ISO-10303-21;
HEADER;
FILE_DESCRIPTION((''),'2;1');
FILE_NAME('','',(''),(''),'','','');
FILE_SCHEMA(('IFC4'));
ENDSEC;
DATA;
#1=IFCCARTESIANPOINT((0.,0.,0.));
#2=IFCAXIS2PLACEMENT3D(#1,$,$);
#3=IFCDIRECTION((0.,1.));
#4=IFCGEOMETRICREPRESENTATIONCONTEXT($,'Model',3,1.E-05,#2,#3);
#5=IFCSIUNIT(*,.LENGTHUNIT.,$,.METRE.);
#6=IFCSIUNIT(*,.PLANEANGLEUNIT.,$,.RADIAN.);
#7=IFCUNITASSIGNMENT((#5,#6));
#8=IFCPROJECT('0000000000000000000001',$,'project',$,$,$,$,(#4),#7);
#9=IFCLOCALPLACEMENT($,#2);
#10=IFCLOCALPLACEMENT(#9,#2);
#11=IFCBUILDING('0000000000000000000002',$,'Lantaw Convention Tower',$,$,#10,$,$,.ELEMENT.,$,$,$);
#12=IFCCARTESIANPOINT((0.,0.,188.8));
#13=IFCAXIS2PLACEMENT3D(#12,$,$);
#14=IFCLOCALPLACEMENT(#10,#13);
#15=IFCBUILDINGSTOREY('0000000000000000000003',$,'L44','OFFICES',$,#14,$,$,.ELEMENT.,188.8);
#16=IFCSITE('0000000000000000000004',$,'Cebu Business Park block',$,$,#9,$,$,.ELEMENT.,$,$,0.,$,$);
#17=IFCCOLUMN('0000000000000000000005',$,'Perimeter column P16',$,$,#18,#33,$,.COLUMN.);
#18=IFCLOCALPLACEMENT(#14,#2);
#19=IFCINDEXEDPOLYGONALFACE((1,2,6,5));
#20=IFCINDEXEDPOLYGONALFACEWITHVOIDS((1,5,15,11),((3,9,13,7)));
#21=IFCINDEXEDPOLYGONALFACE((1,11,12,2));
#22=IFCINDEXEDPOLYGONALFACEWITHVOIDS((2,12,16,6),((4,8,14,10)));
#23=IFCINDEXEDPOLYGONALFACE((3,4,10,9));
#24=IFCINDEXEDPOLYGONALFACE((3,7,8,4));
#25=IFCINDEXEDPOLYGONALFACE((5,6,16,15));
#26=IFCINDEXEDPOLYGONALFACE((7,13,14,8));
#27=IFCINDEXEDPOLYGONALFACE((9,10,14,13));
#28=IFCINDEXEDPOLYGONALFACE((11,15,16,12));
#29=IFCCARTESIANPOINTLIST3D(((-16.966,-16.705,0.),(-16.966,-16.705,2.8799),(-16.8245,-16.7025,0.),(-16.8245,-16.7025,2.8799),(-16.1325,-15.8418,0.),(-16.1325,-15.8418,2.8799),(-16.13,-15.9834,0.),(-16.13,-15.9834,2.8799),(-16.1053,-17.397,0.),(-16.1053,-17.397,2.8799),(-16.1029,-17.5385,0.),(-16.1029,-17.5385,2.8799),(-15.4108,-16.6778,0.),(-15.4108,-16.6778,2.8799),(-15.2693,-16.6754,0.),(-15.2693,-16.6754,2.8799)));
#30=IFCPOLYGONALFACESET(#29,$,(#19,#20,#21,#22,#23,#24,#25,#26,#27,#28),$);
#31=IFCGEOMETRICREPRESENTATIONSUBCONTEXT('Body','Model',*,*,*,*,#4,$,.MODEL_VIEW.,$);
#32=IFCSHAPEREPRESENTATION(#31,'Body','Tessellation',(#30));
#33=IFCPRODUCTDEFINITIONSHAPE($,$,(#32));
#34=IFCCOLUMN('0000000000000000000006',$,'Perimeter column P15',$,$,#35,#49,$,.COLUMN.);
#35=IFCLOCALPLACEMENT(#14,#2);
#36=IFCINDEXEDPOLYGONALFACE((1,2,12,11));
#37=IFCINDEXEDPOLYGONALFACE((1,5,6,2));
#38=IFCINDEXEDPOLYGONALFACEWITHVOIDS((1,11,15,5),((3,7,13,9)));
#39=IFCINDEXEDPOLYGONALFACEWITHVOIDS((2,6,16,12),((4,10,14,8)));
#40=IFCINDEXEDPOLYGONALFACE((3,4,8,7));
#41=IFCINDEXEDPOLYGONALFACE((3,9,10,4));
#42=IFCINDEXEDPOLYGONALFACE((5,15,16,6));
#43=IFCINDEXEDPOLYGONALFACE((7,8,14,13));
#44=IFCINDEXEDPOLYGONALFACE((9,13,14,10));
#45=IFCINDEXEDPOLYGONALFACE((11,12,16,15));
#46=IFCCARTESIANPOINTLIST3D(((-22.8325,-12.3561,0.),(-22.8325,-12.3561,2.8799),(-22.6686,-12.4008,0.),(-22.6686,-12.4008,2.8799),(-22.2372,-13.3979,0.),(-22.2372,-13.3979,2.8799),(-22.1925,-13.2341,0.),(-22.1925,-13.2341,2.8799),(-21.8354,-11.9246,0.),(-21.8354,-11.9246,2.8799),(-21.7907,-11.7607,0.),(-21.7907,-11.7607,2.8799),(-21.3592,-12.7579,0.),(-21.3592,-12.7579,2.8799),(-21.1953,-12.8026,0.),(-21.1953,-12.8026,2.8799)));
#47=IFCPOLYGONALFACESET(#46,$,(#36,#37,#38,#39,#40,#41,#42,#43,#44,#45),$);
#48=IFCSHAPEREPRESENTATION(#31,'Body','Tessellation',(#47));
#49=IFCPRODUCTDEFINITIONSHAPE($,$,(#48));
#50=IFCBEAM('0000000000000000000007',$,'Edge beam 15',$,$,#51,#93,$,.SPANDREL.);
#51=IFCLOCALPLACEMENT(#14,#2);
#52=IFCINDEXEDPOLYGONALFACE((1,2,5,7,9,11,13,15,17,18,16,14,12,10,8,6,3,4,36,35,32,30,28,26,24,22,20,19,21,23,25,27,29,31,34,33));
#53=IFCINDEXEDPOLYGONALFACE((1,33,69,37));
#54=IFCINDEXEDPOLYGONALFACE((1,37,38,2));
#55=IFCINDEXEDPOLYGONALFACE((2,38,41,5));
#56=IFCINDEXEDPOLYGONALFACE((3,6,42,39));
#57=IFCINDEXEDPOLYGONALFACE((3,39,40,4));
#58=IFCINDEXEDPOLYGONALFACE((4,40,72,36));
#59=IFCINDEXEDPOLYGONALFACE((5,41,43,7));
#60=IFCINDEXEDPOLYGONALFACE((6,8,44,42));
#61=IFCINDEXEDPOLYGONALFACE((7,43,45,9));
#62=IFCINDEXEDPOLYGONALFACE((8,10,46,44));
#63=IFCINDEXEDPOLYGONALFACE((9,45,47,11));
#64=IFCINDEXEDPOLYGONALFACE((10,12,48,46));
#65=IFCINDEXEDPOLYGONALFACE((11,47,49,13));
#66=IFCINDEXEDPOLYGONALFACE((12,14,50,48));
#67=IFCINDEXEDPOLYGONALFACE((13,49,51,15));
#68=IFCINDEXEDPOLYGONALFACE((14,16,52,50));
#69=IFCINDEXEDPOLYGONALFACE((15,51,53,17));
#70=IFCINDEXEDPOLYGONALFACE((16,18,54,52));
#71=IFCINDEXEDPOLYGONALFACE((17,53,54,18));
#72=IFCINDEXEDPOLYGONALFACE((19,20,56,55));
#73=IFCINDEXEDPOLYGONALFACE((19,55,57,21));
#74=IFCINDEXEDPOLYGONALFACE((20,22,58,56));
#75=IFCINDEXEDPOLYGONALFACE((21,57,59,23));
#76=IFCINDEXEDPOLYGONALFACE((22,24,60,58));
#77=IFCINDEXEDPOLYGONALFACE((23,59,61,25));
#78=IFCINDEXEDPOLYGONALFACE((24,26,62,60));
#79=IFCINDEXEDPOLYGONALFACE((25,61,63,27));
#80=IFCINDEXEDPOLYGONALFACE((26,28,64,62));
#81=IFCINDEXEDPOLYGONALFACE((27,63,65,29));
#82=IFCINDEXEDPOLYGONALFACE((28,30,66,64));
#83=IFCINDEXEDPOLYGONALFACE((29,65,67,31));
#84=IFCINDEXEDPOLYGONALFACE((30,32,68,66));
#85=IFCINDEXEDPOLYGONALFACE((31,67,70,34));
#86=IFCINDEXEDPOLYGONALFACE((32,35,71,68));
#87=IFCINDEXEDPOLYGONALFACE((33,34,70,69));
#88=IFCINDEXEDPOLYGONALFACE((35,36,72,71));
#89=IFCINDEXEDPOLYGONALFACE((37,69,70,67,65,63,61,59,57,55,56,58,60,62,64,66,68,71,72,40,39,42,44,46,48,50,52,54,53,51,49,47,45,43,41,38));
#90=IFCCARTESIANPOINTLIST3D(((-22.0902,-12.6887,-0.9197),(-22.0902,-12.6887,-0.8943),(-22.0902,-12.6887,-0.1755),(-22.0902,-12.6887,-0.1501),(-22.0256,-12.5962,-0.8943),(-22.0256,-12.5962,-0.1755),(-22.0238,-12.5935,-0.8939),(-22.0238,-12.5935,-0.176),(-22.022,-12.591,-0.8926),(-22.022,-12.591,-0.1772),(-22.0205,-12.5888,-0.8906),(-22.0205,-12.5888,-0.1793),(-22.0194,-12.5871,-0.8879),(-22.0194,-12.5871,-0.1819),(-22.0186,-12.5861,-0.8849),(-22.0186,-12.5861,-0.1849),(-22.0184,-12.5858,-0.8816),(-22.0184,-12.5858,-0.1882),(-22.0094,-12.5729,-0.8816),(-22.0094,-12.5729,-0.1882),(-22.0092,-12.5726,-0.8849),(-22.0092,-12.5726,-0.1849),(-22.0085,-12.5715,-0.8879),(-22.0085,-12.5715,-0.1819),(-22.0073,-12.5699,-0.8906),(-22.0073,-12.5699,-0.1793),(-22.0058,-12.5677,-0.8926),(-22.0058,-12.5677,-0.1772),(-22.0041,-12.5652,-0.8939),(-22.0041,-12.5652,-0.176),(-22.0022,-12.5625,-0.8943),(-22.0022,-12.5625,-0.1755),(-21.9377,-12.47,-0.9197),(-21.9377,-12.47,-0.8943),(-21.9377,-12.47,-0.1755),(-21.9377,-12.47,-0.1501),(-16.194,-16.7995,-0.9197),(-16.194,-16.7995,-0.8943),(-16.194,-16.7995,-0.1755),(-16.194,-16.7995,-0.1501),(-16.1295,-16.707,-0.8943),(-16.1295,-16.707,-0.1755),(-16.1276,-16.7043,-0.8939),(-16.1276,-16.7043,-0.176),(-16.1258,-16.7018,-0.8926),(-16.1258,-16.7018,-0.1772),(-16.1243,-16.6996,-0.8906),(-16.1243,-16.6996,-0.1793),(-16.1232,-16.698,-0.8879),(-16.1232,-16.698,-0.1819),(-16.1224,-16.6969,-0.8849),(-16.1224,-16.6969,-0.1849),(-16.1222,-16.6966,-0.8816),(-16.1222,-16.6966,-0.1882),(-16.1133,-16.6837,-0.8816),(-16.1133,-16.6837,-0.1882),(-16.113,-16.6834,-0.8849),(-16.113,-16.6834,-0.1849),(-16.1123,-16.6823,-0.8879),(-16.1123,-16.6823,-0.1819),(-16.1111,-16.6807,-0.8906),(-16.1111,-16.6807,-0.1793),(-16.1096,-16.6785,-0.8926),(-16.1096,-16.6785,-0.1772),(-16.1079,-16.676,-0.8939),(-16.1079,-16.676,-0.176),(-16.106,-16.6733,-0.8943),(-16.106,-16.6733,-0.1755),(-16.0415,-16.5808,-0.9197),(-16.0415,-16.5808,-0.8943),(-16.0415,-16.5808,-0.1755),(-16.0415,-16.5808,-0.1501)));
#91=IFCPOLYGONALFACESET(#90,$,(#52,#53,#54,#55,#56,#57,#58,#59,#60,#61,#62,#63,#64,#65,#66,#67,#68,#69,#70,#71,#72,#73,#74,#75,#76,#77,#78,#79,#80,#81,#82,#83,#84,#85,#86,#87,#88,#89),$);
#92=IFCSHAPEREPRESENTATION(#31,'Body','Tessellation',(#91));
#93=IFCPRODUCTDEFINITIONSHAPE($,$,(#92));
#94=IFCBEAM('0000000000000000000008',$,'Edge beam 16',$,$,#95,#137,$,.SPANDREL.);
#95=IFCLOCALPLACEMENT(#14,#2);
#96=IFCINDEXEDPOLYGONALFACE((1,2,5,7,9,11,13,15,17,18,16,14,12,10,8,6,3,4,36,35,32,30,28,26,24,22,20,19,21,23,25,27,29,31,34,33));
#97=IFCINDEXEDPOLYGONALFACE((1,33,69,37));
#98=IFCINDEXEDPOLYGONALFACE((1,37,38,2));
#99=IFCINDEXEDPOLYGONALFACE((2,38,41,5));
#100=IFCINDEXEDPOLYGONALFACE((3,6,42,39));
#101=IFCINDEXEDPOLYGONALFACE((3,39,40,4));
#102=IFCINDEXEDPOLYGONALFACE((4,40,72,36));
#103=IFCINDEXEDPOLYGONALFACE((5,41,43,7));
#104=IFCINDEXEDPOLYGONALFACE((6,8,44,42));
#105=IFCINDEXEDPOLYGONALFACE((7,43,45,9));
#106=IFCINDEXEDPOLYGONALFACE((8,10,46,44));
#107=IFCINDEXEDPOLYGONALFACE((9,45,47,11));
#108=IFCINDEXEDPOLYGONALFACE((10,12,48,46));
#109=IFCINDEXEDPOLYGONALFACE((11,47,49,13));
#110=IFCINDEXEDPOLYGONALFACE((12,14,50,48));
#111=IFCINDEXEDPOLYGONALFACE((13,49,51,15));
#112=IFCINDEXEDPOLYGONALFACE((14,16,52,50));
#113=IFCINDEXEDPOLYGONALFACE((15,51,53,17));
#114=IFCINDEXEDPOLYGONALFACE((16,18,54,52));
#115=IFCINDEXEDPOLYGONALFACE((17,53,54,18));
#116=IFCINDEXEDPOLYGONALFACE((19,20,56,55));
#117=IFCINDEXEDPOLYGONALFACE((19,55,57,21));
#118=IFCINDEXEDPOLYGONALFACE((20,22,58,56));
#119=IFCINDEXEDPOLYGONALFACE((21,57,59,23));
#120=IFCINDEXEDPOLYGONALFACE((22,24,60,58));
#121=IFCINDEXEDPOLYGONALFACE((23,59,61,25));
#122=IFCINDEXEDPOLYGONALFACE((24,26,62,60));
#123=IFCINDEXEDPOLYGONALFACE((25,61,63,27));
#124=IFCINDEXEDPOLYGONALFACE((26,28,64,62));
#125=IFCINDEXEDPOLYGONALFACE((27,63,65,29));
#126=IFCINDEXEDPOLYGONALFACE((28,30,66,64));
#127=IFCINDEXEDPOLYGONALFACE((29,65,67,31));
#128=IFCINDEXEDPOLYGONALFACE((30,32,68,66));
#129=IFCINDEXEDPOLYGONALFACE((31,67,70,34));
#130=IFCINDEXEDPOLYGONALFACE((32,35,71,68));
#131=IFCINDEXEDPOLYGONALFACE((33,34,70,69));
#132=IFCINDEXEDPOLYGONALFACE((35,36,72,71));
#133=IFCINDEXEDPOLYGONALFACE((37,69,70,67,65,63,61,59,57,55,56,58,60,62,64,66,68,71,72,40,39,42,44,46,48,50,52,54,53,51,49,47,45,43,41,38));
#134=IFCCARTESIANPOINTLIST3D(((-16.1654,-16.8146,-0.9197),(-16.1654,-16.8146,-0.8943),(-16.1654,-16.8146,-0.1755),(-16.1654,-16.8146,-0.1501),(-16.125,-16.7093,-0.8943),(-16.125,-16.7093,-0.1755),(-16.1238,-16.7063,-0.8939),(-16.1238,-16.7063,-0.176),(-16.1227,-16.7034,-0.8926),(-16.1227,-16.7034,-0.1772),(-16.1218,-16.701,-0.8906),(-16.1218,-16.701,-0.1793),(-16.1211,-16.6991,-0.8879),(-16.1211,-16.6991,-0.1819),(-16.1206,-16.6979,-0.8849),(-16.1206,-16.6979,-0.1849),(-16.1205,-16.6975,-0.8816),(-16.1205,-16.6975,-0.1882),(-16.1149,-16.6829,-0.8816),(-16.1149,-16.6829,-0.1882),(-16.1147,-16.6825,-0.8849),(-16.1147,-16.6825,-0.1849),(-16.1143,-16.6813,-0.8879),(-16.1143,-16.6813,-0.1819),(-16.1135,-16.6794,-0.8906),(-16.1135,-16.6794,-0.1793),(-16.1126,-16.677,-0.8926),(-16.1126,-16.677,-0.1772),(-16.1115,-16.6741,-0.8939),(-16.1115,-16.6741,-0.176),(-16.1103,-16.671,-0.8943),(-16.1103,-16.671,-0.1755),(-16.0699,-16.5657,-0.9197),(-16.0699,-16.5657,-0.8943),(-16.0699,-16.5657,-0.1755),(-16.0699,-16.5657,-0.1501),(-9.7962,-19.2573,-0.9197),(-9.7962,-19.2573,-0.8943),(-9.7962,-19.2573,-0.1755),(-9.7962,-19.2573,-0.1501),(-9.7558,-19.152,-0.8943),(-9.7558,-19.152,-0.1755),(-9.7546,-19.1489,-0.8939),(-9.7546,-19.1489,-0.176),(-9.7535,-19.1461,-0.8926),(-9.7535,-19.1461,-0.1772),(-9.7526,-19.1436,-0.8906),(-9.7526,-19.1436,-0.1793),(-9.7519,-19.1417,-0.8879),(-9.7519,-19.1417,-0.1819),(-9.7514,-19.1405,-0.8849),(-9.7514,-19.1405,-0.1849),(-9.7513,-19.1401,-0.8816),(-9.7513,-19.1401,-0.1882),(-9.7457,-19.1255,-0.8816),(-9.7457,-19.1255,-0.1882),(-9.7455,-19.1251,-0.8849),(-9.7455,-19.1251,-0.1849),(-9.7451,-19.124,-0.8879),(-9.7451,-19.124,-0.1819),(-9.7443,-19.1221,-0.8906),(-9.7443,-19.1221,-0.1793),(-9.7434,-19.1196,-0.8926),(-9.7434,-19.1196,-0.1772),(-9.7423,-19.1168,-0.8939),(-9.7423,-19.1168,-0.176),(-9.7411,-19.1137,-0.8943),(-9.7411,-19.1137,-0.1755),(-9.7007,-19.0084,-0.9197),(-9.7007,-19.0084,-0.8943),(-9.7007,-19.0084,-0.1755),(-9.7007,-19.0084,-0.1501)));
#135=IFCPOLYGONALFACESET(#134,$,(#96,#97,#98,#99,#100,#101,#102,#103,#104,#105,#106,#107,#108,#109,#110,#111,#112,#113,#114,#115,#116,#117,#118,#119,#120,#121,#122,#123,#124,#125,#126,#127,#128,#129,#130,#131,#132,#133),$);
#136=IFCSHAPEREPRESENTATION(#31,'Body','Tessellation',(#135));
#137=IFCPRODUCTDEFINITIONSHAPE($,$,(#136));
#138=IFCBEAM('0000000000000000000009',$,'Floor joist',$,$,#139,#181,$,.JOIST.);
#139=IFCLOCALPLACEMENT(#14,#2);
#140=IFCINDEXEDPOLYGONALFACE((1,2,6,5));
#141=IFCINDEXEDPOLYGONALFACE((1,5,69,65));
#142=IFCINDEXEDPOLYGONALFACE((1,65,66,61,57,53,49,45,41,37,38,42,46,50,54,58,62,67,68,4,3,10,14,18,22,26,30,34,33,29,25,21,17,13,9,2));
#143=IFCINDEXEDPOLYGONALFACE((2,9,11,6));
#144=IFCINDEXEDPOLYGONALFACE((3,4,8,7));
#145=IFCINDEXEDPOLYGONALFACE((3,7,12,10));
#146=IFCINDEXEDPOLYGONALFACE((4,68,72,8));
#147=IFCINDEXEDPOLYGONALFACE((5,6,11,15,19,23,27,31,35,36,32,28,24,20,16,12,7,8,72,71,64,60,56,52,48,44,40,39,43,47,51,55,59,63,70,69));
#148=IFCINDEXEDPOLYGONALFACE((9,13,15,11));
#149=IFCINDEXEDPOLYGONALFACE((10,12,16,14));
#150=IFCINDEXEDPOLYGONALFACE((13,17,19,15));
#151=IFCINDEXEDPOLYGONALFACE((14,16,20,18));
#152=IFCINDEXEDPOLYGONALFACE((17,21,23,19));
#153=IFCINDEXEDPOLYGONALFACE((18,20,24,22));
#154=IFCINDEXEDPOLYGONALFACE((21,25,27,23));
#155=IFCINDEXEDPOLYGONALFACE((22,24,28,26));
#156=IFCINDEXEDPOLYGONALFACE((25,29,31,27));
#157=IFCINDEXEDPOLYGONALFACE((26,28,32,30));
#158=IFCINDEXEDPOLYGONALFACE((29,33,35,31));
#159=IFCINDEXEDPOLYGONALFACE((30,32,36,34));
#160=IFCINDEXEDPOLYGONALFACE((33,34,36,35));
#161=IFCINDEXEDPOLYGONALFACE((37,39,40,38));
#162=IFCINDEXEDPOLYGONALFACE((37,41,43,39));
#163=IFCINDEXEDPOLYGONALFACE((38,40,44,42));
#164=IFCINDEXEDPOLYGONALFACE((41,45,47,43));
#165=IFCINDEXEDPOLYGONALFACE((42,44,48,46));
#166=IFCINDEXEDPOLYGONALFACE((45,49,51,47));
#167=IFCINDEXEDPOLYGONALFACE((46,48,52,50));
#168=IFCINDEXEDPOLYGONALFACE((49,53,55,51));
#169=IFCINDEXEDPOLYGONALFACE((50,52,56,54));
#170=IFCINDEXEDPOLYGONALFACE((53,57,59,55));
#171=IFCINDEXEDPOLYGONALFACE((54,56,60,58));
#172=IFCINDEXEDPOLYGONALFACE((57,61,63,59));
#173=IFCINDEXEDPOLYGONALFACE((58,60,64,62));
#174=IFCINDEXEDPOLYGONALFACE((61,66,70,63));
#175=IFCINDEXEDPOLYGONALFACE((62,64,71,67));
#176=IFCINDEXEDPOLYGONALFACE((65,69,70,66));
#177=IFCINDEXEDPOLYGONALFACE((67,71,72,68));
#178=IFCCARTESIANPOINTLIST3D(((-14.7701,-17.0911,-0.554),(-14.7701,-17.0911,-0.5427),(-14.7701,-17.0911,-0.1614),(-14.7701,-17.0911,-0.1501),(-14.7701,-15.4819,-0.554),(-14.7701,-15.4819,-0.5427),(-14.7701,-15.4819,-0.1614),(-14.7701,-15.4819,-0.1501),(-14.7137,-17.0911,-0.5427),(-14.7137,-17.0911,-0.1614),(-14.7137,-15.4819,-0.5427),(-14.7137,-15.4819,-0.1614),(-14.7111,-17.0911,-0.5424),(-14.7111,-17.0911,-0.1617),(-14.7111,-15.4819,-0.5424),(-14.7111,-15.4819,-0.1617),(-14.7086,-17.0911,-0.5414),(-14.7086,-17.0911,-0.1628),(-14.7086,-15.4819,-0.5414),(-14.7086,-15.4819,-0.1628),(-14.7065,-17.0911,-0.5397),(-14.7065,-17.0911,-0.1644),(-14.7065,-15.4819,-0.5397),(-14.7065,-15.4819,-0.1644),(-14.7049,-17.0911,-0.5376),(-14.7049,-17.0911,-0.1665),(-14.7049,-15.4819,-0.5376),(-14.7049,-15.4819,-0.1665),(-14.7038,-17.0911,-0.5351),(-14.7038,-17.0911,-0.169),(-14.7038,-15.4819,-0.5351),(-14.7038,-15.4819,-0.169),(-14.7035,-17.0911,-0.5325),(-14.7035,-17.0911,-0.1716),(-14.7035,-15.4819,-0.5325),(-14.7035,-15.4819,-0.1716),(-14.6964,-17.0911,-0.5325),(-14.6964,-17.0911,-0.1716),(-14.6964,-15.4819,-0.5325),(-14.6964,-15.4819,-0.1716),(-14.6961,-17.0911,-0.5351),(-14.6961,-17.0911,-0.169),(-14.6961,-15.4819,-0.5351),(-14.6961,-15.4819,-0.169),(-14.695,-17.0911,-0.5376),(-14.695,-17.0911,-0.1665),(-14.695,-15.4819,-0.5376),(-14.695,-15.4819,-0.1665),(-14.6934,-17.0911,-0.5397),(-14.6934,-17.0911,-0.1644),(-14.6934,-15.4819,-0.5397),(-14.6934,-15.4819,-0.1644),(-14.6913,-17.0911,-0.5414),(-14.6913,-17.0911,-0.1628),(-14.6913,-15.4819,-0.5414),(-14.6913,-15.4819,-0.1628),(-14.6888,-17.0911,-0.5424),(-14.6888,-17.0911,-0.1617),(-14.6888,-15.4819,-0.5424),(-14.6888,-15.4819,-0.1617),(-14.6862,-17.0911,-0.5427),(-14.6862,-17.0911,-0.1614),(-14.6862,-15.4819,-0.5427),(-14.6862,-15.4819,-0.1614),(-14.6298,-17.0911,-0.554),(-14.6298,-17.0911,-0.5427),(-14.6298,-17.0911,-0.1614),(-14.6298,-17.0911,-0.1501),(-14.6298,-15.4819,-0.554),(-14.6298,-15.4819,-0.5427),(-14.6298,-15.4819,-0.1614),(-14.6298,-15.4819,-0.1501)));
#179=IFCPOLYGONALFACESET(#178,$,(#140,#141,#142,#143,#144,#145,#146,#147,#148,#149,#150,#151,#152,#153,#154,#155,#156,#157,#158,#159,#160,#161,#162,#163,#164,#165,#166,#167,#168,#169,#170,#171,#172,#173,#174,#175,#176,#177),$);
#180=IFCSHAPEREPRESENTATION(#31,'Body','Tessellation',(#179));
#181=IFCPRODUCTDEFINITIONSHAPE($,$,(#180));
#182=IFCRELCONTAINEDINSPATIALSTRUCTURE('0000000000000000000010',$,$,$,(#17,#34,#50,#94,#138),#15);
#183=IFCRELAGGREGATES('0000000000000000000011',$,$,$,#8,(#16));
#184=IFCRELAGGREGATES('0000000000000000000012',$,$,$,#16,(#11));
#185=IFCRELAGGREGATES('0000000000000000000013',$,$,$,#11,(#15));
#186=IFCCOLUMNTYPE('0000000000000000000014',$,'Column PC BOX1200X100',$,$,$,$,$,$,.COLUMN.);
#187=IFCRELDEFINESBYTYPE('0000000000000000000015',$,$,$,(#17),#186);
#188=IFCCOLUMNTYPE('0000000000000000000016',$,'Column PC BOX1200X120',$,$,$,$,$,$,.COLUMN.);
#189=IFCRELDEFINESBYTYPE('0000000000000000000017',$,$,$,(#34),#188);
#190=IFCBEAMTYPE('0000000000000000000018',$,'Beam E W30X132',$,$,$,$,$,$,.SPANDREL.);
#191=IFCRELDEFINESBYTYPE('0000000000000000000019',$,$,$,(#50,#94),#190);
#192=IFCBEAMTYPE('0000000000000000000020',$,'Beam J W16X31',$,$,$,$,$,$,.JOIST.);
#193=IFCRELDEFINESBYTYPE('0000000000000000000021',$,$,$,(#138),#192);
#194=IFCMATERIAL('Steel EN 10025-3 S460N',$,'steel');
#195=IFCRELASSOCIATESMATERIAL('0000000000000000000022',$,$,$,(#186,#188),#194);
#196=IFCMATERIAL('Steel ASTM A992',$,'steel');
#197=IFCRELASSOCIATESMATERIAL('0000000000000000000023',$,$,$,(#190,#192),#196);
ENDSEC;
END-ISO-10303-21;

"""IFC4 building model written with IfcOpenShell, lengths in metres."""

from ifc_helpers import new_model, si_unit, direction, frame, origin, origin_2d, place, context, subcontext, project, spatial, rectangle, hollow_rectangle, i_section, extrude, material, material_profile, profile_set, type_object, element, save


model = new_model("IFC4")

# Units and contexts
model_context = context("Model", 3, precision=1e-05, world=origin(), true_north=direction((0.0, 1.0)))
body_context = subcontext(model_context, "Body", "Model", "MODEL_VIEW")
ifc_project = project(units=[si_unit("LENGTHUNIT", "METRE"), si_unit("PLANEANGLEUNIT", "RADIAN")], contexts=[model_context])

# Site, building, storey
site_placement = place(None, origin())
site = spatial("IfcSite", under=ifc_project, at=site_placement, Name="Cebu Business Park block", CompositionType="ELEMENT", RefElevation=0.0)
building_placement = place(site_placement, origin())
building = spatial("IfcBuilding", under=site, at=building_placement, Name="Lantaw Convention Tower", CompositionType="ELEMENT")
storey_placement = place(building_placement, frame((0.0, 0.0, 188.8)))
storey = spatial("IfcBuildingStorey", under=building, at=storey_placement, Name="L44", Description="OFFICES", CompositionType="ELEMENT", Elevation=188.8)

# Columns
ifc_material_1 = material(Name="Steel EN 10025-3 S460N", Category="steel")
ifc_material_profile_1 = material_profile(ifc_material_1, hollow_rectangle(XDim=1.2, YDim=1.2, WallThickness=0.1001, at=origin_2d()), Name="BOX1200X100")
ifc_material_2 = material(Name="Concrete C60/75", Category="concrete")
ifc_material_profile_2 = material_profile(ifc_material_2, rectangle(XDim=1.0, YDim=1.0, at=origin_2d()), Name="Concrete fill of BOX1200X100")
ifc_profile_set_1 = profile_set([ifc_material_profile_1, ifc_material_profile_2], Name="Steel EN 10025-3 S460N")
column_type_1 = type_object("IfcColumnType", Name="Column PC BOX1200X100", PredefinedType="COLUMN", material=ifc_profile_set_1)
column_1_placement = place(storey_placement, frame((-16.1177, -16.6902, 0.0), z_axis=(0.0, 0.0, 1.0), x_axis=(0.694658, 0.71934, 0.0)))
element("IfcColumn", 1, at=column_1_placement, inside=storey, type_object=column_type_1, Name="Perimeter column P16", PredefinedType="COLUMN", context=body_context, shape_type="SweptSolid", body=[
    extrude(hollow_rectangle(XDim=1.2, YDim=1.2, WallThickness=0.1001, at=origin_2d()), origin(), (0.0, 0.0, 1.0), 2.8799),
])
ifc_material_profile_3 = material_profile(ifc_material_1, hollow_rectangle(XDim=1.2, YDim=1.2, WallThickness=0.1201, at=origin_2d()), Name="BOX1200X120")
ifc_material_profile_4 = material_profile(ifc_material_2, rectangle(XDim=0.96, YDim=0.96, at=origin_2d()), Name="Concrete fill of BOX1200X120")
ifc_profile_set_2 = profile_set([ifc_material_profile_3, ifc_material_profile_4], Name="Steel EN 10025-3 S460N")
column_type_2 = type_object("IfcColumnType", Name="Column PC BOX1200X120", PredefinedType="COLUMN", material=ifc_profile_set_2)
column_2_placement = place(storey_placement, frame((-22.0139, -12.5793, 0.0), z_axis=(0.0, 0.0, 1.0), x_axis=(0.868243, 0.496139, 0.0)))
element("IfcColumn", 2, at=column_2_placement, inside=storey, type_object=column_type_2, Name="Perimeter column P15", PredefinedType="COLUMN", context=body_context, shape_type="SweptSolid", body=[
    extrude(hollow_rectangle(XDim=1.2, YDim=1.2, WallThickness=0.1201, at=origin_2d()), origin(), (0.0, 0.0, 1.0), 2.8799),
])

# Beams
ifc_material_3 = material(Name="Steel ASTM A992", Category="steel")
ifc_material_profile_5 = material_profile(ifc_material_3, i_section(OverallWidth=0.2666, OverallDepth=0.7695, WebThickness=0.0156, FlangeThickness=0.0254, FilletRadius=0.0127, at=origin_2d()), Name="W30X132")
ifc_profile_set_3 = profile_set([ifc_material_profile_5], Name="Steel ASTM A992")
beam_type_1 = type_object("IfcBeamType", Name="Beam E W30X132", PredefinedType="SPANDREL", material=ifc_profile_set_3)
beam_1_placement = place(storey_placement, frame((-22.0139, -12.5793, -0.5349), z_axis=(0.820311, -0.571918, 0.0), x_axis=(0.571918, 0.820311, 0.0)))
element("IfcBeam", 3, at=beam_1_placement, inside=storey, type_object=beam_type_1, Name="Edge beam 15", PredefinedType="SPANDREL", context=body_context, shape_type="SweptSolid", body=[
    extrude(i_section(OverallWidth=0.2666, OverallDepth=0.7695, WebThickness=0.0156, FlangeThickness=0.0254, FilletRadius=0.0127, at=origin_2d()), origin(), (0.0, 0.0, 1.0), 7.1877),
])
beam_2_placement = place(storey_placement, frame((-16.1177, -16.6902, -0.5349), z_axis=(0.933691, -0.35808, 0.0), x_axis=(0.35808, 0.933691, 0.0)))
element("IfcBeam", 4, at=beam_2_placement, inside=storey, type_object=beam_type_1, Name="Edge beam 16", PredefinedType="SPANDREL", context=body_context, shape_type="SweptSolid", body=[
    extrude(i_section(OverallWidth=0.2666, OverallDepth=0.7695, WebThickness=0.0156, FlangeThickness=0.0254, FilletRadius=0.0127, at=origin_2d()), origin(), (0.0, 0.0, 1.0), 6.8215),
])
ifc_material_profile_6 = material_profile(ifc_material_3, i_section(OverallWidth=0.1404, OverallDepth=0.4038, WebThickness=0.0071, FlangeThickness=0.0112, FilletRadius=0.0103, at=origin_2d()), Name="W16X31")
ifc_profile_set_4 = profile_set([ifc_material_profile_6], Name="Steel ASTM A992")
beam_type_2 = type_object("IfcBeamType", Name="Beam J W16X31", PredefinedType="JOIST", material=ifc_profile_set_4)
beam_3_placement = place(storey_placement, frame((-14.7, -17.0911, -0.3521), z_axis=(0.0, 1.0, 0.0), x_axis=(-1.0, 0.0, 0.0)))
element("IfcBeam", 5, at=beam_3_placement, inside=storey, type_object=beam_type_2, Name="Floor joist", PredefinedType="JOIST", context=body_context, shape_type="SweptSolid", body=[
    extrude(i_section(OverallWidth=0.1404, OverallDepth=0.4038, WebThickness=0.0071, FlangeThickness=0.0112, FilletRadius=0.0103, at=origin_2d()), origin(), (0.0, 0.0, 1.0), 1.6091),
])

save(model, "model.ifc")
